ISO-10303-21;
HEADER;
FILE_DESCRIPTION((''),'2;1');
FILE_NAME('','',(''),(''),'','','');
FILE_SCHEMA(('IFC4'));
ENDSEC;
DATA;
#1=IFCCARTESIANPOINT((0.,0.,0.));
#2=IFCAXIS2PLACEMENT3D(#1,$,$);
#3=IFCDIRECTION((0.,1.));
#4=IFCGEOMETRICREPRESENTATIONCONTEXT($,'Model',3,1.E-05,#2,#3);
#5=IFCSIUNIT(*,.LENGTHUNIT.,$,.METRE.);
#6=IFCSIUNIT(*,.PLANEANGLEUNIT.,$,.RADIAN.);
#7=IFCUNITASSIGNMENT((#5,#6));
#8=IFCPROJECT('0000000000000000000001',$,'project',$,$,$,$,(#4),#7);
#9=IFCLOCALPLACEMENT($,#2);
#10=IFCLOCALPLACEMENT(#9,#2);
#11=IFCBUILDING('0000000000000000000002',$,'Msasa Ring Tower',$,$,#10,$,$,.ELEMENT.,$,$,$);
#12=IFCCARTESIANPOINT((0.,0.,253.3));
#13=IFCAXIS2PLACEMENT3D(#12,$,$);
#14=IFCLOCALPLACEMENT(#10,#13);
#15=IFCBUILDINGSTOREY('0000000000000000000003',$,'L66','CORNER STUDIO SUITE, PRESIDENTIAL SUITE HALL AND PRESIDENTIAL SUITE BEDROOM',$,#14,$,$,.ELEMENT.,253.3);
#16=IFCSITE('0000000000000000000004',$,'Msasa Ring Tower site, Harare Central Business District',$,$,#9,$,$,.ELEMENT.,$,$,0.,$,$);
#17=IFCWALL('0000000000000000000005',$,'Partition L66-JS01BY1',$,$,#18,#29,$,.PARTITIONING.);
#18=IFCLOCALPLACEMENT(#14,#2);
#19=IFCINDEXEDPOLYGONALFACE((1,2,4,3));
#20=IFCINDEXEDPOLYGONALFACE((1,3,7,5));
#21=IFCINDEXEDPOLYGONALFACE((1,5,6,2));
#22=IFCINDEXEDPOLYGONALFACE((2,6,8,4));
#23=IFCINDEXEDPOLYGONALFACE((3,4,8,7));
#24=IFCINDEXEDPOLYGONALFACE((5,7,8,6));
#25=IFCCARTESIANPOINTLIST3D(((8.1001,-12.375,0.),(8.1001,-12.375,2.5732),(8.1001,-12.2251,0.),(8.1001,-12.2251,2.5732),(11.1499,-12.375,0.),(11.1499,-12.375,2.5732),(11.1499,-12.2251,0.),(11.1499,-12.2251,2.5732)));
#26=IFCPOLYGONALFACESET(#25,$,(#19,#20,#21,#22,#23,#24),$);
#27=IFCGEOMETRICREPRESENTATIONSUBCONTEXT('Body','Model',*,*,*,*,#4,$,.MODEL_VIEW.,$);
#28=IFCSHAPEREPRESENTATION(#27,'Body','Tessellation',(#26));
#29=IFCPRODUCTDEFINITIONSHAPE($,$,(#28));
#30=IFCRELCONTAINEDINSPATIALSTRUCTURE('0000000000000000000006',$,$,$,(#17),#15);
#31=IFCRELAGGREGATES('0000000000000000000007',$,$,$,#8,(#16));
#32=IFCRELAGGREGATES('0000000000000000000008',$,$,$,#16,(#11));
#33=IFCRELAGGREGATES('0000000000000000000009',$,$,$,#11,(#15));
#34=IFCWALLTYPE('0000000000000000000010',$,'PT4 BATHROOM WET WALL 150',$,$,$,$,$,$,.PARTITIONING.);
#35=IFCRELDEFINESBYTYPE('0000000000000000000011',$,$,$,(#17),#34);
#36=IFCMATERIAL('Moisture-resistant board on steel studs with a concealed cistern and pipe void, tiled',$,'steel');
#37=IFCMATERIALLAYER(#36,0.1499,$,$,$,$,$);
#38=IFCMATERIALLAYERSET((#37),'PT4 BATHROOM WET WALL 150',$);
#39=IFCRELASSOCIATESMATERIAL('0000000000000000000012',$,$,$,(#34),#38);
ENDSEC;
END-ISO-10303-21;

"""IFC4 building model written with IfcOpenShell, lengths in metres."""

from ifc_helpers import new_model, si_unit, direction, frame, frame_2d, origin, place, context, subcontext, project, spatial, rectangle, extrude, material, layer, layer_set, type_object, element, save


model = new_model("IFC4")

# Units and contexts
model_context = context("Model", 3, precision=1e-05, world=origin(), true_north=direction((0.0, 1.0)))
body_context = subcontext(model_context, "Body", "Model", "MODEL_VIEW")
ifc_project = project(units=[si_unit("LENGTHUNIT", "METRE"), si_unit("PLANEANGLEUNIT", "RADIAN")], contexts=[model_context])

# Site, building, storey
site_placement = place(None, origin())
site = spatial("IfcSite", under=ifc_project, at=site_placement, Name="Msasa Ring Tower site, Harare Central Business District", CompositionType="ELEMENT", RefElevation=0.0)
building_placement = place(site_placement, origin())
building = spatial("IfcBuilding", under=site, at=building_placement, Name="Msasa Ring Tower", CompositionType="ELEMENT")
storey_placement = place(building_placement, frame((0.0, 0.0, 253.3)))
storey = spatial("IfcBuildingStorey", under=building, at=storey_placement, Name="L66", Description="CORNER STUDIO SUITE, PRESIDENTIAL SUITE HALL AND PRESIDENTIAL SUITE BEDROOM", CompositionType="ELEMENT", Elevation=253.3)

# Shared definitions
ifc_material_1 = material(Name="Moisture-resistant board on steel studs with a concealed cistern and pipe void, tiled", Category="steel")
ifc_layer_1 = layer(ifc_material_1, 0.1499)
ifc_layer_set_1 = layer_set([ifc_layer_1], Name="PT4 BATHROOM WET WALL 150")
wall_type_1 = type_object("IfcWallType", Name="PT4 BATHROOM WET WALL 150", PredefinedType="PARTITIONING", material=ifc_layer_set_1)

# Wall
wall_1_placement = place(storey_placement, frame((8.1001, -12.3, 0.0), z_axis=(0.0, 0.0, 1.0), x_axis=(1.0, 0.0, 0.0)))
element("IfcWall", 1, at=wall_1_placement, inside=storey, type_object=wall_type_1, Name="Partition L66-JS01BY1", PredefinedType="PARTITIONING", context=body_context, shape_type="SweptSolid", body=[
    extrude(rectangle(XDim=3.0498, YDim=0.1499, at=frame_2d((1.5249, 0.0))), origin(), (0.0, 0.0, 1.0), 2.5732),
])

save(model, "model.ifc")
